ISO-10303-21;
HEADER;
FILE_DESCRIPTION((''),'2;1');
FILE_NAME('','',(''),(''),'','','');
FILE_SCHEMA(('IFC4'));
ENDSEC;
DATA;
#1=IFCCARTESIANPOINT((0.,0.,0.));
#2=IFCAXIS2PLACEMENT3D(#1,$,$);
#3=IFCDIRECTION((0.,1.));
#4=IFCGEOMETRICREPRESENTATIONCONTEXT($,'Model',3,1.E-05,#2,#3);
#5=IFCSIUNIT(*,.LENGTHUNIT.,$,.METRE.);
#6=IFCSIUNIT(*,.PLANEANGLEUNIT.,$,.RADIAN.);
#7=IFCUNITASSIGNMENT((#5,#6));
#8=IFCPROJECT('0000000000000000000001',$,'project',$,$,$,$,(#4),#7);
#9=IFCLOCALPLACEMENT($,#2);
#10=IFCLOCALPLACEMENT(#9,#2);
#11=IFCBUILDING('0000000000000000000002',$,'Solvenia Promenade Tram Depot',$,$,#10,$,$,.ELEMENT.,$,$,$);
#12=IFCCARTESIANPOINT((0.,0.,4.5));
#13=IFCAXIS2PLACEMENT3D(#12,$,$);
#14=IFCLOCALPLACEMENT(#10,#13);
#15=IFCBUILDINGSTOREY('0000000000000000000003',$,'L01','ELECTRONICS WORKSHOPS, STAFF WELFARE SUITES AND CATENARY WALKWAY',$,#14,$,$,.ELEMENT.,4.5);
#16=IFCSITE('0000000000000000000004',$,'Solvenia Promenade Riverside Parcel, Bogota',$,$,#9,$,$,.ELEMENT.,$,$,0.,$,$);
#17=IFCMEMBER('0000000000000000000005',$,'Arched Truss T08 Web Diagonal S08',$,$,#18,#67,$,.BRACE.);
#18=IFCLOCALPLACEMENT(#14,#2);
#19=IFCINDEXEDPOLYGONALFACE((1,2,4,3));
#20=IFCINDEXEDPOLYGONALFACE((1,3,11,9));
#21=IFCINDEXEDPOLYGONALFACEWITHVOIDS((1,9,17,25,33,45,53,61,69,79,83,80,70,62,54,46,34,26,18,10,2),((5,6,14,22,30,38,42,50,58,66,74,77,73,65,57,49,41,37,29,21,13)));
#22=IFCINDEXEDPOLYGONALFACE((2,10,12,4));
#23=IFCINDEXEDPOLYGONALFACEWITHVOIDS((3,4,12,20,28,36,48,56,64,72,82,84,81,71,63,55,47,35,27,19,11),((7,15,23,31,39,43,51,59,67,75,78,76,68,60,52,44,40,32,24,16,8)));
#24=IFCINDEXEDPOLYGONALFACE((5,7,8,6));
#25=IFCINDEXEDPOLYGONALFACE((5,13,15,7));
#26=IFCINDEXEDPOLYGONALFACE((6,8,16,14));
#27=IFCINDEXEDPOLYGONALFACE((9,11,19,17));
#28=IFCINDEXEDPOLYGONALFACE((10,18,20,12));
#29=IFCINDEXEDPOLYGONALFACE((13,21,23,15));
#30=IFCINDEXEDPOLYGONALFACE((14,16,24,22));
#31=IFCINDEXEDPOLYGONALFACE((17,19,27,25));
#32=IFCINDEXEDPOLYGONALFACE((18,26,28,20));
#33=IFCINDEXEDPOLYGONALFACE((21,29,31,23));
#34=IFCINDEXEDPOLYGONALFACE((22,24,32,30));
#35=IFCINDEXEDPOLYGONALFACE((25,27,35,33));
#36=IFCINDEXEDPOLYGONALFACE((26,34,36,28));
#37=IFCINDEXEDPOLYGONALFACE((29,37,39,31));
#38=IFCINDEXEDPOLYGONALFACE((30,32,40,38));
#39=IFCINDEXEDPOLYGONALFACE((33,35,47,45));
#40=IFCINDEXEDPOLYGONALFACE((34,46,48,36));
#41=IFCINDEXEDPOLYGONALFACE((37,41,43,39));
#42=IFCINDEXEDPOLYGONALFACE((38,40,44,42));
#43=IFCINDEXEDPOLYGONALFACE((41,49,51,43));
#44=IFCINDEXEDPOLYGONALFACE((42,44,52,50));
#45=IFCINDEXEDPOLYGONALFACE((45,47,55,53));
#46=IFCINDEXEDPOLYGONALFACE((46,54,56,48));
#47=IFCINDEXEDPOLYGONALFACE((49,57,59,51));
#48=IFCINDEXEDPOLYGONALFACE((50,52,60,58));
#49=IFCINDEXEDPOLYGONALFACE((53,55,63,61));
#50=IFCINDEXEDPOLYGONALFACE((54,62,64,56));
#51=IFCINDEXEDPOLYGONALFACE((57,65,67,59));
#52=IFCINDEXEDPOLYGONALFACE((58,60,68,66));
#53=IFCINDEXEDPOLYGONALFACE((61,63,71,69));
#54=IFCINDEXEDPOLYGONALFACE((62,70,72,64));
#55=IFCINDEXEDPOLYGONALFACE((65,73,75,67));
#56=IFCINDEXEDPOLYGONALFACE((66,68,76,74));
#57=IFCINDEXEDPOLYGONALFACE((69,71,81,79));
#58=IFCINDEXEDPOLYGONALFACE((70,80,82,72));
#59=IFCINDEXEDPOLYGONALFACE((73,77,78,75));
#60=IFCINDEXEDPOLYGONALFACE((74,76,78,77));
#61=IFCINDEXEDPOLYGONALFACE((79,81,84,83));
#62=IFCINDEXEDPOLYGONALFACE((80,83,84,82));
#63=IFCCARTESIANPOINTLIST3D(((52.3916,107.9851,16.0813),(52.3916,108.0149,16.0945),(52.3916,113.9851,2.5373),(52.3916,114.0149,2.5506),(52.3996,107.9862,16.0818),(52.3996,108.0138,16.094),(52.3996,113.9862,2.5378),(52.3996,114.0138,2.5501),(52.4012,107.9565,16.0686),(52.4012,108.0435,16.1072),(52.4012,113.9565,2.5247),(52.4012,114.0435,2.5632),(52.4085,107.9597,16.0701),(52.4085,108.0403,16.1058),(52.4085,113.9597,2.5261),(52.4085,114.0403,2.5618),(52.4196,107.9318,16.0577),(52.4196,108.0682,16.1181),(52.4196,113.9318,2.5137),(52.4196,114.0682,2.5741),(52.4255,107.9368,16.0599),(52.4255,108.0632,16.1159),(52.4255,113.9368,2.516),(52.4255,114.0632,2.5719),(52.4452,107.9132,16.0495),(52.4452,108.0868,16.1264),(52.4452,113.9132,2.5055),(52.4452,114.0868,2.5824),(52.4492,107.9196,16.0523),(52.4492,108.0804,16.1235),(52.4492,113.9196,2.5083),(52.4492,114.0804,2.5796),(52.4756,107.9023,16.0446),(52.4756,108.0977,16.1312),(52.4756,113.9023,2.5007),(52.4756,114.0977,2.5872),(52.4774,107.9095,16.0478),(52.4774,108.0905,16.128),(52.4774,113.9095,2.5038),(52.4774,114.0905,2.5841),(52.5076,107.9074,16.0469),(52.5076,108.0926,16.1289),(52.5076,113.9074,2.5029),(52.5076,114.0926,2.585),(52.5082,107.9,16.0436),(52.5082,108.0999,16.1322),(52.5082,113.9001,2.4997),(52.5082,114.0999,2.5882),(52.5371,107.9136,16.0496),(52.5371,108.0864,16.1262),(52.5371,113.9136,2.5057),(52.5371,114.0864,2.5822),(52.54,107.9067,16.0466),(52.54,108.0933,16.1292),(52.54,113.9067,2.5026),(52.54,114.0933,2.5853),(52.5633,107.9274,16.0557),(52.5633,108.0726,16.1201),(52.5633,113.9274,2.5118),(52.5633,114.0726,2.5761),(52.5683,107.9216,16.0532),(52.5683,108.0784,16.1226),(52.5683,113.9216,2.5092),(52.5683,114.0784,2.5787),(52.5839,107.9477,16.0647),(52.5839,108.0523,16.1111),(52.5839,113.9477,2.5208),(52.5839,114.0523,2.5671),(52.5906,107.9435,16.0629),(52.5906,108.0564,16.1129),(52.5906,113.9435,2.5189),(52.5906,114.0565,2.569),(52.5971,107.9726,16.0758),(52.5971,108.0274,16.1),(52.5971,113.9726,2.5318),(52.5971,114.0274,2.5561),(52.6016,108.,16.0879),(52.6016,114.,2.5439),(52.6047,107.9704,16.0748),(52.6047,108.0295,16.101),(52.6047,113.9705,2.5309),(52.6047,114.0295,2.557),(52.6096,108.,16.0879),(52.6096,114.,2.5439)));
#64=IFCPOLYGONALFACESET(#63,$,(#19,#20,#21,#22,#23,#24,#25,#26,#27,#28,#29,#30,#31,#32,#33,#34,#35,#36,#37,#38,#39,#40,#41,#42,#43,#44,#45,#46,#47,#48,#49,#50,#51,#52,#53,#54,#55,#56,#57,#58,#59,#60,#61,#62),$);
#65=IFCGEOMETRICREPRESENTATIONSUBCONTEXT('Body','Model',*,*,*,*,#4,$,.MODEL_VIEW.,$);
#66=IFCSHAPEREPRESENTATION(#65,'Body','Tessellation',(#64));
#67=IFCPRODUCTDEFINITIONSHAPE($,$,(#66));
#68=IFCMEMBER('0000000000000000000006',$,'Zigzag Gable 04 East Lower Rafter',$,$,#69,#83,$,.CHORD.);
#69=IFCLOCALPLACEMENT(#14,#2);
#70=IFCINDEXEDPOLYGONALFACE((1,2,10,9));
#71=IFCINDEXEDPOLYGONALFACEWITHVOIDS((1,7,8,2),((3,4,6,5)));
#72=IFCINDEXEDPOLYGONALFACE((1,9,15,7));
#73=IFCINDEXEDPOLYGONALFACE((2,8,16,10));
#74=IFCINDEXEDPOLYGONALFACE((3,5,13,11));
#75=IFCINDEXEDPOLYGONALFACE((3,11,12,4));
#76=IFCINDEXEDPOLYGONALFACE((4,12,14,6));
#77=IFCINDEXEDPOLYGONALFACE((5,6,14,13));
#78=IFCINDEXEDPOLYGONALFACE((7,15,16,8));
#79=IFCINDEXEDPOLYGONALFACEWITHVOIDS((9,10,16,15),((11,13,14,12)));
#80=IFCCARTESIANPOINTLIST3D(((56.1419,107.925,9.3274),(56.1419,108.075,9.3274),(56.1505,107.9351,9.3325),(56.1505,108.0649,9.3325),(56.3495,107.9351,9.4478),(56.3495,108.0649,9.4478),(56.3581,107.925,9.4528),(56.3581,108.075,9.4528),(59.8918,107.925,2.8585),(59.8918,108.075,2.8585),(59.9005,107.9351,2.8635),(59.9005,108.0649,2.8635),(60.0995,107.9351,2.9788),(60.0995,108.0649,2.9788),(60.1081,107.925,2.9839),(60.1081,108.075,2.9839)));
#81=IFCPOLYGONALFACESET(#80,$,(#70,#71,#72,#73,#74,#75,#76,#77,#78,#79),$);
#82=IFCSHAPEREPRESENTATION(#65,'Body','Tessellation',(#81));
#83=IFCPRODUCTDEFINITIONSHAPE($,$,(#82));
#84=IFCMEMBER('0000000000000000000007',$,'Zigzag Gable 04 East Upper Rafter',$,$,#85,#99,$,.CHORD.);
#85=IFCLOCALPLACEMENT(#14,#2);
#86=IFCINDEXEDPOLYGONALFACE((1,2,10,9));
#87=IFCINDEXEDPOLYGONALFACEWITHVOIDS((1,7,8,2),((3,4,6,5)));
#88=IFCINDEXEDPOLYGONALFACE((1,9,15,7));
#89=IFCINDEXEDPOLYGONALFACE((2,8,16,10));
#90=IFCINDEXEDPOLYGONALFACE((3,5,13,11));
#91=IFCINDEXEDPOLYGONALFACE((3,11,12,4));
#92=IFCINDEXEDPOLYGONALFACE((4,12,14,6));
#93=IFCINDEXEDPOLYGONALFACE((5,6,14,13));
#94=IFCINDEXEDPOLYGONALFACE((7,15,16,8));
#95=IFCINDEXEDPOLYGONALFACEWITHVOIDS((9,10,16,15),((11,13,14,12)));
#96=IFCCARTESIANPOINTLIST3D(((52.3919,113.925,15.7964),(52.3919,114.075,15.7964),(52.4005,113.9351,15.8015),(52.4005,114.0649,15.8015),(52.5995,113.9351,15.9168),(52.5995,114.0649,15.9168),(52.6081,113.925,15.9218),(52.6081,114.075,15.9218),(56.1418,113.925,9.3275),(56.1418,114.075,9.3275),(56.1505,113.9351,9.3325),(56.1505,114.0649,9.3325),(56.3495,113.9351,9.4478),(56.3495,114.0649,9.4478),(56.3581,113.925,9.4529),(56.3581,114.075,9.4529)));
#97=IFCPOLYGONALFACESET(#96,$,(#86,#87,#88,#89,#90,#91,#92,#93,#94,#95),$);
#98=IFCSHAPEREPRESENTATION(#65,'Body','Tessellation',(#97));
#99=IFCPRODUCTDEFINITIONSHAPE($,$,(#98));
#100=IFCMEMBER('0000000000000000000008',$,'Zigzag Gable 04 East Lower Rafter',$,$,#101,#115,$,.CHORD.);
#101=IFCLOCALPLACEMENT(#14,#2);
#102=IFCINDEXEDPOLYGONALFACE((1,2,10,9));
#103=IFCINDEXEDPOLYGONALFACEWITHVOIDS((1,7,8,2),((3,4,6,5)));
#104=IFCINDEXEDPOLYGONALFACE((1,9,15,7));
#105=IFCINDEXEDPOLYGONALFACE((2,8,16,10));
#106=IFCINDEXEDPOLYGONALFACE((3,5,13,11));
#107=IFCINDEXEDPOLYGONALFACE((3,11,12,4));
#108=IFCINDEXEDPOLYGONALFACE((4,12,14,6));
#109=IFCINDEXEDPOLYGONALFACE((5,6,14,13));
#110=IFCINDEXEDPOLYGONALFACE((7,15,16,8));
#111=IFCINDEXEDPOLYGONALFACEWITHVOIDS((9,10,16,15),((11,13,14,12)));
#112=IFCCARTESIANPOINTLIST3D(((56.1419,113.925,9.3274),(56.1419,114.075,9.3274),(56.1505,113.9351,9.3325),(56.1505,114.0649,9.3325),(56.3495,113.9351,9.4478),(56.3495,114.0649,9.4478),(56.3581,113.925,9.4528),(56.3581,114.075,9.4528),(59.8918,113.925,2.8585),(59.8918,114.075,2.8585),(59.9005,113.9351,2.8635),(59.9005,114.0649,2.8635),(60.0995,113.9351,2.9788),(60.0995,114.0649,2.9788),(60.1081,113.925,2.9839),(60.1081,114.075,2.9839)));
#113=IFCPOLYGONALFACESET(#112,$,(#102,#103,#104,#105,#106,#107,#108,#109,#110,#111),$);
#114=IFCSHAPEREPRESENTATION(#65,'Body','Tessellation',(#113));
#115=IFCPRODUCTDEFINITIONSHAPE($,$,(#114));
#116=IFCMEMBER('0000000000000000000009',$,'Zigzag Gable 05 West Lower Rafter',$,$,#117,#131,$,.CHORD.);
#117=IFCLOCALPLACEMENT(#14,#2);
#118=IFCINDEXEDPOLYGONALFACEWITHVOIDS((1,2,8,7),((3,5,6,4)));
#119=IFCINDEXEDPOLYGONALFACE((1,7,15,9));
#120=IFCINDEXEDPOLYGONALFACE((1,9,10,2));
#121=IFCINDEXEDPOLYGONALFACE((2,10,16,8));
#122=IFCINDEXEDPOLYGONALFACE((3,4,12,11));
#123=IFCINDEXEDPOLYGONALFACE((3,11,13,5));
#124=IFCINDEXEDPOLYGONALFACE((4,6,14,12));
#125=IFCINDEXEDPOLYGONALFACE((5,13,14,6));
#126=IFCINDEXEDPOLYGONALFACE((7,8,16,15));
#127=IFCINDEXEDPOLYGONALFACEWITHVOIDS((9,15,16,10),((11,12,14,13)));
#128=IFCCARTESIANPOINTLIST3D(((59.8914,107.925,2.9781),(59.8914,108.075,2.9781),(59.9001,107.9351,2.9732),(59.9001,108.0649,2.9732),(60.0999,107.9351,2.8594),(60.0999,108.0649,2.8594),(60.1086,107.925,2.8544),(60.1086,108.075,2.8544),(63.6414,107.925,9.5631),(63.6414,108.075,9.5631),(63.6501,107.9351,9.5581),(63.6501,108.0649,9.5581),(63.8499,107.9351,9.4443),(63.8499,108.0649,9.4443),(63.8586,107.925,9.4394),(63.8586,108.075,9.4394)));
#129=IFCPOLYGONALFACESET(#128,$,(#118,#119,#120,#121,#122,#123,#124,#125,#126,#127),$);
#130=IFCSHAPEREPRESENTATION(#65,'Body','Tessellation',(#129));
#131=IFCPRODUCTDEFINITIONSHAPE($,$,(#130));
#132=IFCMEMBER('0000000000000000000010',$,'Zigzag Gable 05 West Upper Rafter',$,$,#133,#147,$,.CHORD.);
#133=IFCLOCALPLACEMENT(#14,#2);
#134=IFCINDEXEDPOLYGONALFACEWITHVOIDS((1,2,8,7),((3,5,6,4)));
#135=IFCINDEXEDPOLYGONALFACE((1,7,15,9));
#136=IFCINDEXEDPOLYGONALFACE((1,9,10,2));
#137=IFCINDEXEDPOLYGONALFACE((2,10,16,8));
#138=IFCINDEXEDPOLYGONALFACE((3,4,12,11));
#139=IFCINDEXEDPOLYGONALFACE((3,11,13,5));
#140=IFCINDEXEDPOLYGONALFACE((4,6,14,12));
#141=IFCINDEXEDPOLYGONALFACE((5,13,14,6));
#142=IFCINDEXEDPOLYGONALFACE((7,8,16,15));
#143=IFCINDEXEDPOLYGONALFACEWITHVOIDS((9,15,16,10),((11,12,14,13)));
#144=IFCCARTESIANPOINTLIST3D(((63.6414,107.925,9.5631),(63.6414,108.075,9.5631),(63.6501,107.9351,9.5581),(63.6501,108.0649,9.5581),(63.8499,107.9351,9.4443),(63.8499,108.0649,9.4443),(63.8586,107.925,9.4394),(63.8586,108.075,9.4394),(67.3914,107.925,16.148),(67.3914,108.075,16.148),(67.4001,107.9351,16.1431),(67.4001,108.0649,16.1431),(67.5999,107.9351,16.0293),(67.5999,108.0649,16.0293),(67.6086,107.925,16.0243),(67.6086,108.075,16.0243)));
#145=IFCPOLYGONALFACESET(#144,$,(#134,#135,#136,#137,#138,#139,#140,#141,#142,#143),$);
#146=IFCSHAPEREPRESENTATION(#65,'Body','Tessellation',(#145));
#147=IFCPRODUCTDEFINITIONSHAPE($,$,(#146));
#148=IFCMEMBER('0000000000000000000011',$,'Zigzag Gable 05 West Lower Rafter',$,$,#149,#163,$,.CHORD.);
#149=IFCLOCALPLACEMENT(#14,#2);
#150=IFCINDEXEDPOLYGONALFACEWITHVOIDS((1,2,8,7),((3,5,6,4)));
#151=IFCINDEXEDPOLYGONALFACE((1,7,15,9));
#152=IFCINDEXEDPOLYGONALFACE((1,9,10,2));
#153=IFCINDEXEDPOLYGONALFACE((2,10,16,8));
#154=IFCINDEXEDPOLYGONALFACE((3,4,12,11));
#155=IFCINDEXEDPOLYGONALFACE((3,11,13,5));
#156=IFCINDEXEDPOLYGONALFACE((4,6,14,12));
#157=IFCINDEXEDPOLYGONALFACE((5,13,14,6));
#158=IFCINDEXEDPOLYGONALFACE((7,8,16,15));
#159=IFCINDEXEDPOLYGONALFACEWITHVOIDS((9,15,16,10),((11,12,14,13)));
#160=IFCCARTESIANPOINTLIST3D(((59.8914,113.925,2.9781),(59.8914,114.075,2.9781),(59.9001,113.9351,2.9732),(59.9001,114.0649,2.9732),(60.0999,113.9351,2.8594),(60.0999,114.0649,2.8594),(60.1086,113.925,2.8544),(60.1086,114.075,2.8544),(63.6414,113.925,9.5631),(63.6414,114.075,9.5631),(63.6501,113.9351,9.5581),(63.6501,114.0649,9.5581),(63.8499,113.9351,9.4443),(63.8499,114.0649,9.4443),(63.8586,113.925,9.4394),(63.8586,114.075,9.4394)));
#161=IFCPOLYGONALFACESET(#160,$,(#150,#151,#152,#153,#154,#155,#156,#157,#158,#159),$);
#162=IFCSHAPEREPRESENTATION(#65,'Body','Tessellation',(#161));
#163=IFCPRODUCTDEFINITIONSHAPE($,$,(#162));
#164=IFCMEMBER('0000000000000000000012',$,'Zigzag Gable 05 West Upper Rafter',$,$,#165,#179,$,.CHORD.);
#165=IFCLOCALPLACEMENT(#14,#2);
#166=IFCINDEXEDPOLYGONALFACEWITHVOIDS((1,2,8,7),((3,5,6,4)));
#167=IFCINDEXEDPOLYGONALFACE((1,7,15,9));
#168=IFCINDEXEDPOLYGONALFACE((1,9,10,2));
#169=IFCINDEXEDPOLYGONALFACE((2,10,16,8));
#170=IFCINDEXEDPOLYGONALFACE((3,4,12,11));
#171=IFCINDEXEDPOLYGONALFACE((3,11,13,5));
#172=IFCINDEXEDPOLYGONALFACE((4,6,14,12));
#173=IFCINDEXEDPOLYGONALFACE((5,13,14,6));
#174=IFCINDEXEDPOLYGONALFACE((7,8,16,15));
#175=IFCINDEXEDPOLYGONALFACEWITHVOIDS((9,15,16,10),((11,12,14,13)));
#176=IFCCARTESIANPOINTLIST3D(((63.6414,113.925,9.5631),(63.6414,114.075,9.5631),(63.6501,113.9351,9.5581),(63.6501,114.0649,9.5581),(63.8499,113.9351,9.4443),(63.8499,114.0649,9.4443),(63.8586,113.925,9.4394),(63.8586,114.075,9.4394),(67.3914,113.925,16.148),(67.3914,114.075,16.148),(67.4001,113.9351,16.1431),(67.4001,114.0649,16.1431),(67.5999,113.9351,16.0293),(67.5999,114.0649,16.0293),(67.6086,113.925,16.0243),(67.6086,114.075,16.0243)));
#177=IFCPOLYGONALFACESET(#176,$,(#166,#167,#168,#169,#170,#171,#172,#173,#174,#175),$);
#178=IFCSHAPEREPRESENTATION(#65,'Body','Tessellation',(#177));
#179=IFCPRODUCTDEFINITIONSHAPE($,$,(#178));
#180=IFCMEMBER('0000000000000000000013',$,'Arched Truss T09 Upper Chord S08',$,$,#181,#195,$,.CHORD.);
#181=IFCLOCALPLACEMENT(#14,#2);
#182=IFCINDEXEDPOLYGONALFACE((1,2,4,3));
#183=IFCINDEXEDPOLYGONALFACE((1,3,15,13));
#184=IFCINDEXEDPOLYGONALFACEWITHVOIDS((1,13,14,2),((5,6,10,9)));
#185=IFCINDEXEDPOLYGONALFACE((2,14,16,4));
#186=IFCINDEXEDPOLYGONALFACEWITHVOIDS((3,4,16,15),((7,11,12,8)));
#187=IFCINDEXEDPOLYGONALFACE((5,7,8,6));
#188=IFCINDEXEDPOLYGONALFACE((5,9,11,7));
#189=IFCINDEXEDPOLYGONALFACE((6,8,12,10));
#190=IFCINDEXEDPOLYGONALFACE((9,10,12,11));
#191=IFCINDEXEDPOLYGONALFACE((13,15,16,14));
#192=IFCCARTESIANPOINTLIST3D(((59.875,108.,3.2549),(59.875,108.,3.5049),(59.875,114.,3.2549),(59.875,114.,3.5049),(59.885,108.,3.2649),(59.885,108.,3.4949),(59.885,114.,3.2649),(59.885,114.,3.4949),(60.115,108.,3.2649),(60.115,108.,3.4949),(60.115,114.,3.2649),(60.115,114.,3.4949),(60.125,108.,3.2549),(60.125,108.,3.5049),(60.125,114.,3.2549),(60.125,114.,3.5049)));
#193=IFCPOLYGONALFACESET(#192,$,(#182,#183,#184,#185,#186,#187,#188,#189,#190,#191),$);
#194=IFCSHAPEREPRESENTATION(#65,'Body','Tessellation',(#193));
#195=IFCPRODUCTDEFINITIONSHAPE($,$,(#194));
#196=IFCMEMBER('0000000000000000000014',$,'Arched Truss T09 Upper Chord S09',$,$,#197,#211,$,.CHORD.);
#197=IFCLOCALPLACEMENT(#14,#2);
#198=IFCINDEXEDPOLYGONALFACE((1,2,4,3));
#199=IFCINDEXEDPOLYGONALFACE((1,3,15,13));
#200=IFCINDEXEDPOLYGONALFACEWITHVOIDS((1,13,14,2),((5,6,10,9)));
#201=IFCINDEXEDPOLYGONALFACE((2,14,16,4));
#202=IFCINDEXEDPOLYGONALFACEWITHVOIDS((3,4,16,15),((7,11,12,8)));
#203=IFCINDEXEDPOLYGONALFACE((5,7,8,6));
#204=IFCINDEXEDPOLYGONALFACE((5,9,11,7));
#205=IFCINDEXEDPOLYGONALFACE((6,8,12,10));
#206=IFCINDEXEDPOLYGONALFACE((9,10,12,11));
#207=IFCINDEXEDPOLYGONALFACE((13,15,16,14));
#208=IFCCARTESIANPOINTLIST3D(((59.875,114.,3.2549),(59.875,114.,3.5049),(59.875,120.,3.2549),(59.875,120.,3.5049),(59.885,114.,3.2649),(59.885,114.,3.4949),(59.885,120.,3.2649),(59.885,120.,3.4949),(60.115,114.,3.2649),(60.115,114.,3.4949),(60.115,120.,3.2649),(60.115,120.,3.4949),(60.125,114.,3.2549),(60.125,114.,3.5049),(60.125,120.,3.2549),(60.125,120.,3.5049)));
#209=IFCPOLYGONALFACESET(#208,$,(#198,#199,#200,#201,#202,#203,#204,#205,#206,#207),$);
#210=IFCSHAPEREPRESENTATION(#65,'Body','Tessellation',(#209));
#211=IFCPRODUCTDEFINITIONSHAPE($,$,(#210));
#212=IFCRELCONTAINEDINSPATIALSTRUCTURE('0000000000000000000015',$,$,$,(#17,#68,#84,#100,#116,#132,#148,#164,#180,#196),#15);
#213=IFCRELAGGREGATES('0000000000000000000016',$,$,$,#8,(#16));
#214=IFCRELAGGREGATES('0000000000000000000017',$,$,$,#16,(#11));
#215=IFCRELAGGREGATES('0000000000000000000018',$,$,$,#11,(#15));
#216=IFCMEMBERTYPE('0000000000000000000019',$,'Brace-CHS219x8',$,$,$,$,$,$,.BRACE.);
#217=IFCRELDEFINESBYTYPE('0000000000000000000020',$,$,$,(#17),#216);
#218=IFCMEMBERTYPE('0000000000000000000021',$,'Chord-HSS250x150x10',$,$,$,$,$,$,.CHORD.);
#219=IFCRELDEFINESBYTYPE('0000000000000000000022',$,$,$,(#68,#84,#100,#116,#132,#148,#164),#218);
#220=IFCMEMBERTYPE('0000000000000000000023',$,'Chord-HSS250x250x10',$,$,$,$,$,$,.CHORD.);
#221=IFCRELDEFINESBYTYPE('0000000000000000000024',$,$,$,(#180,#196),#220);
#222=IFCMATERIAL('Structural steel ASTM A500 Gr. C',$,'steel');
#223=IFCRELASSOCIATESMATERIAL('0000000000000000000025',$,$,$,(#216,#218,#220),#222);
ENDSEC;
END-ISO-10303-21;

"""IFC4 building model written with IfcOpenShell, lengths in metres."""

from ifc_helpers import new_model, si_unit, direction, frame, origin, origin_2d, place, context, subcontext, project, spatial, hollow_rectangle, hollow_circle, extrude, material, material_profile, profile_set, type_object, element, save


model = new_model("IFC4")

# Units and contexts
model_context = context("Model", 3, precision=1e-05, world=origin(), true_north=direction((0.0, 1.0)))
body_context = subcontext(model_context, "Body", "Model", "MODEL_VIEW")
ifc_project = project(units=[si_unit("LENGTHUNIT", "METRE"), si_unit("PLANEANGLEUNIT", "RADIAN")], contexts=[model_context])

# Site, building, storey
site_placement = place(None, origin())
site = spatial("IfcSite", under=ifc_project, at=site_placement, Name="Solvenia Promenade Riverside Parcel, Bogota", CompositionType="ELEMENT", RefElevation=0.0)
building_placement = place(site_placement, origin())
building = spatial("IfcBuilding", under=site, at=building_placement, Name="Solvenia Promenade Tram Depot", CompositionType="ELEMENT")
storey_placement = place(building_placement, frame((0.0, 0.0, 4.5)))
storey = spatial("IfcBuildingStorey", under=building, at=storey_placement, Name="L01", Description="ELECTRONICS WORKSHOPS, STAFF WELFARE SUITES AND CATENARY WALKWAY", CompositionType="ELEMENT", Elevation=4.5)

# Members
ifc_material_1 = material(Name="Structural steel ASTM A500 Gr. C", Category="steel")
ifc_material_profile_1 = material_profile(ifc_material_1, hollow_circle(Radius=0.1096, WallThickness=0.0081, at=origin_2d()), Name="CHS219.1x8", Category="steel")
ifc_profile_set_1 = profile_set([ifc_material_profile_1], Name="Structural steel ASTM A500 Gr. C")
member_type_1 = type_object("IfcMemberType", Name="Brace-CHS219x8", PredefinedType="BRACE", material=ifc_profile_set_1)
member_1_placement = place(storey_placement, frame((52.5, 114.0, 2.5439), z_axis=(0.0, -0.405037, 0.9143), x_axis=(1.0, 0.0, 0.0)))
element("IfcMember", 1, at=member_1_placement, inside=storey, type_object=member_type_1, Name="Arched Truss T08 Web Diagonal S08", PredefinedType="BRACE", context=body_context, shape_type="SweptSolid", body=[
    extrude(hollow_circle(Radius=0.1096, WallThickness=0.0081, at=origin_2d()), origin(), (0.0, 0.0, 1.0), 14.8135),
])
ifc_material_profile_2 = material_profile(ifc_material_1, hollow_rectangle(XDim=0.1499, YDim=0.25, WallThickness=0.01, at=origin_2d()), Name="HSS250x150x10", Category="steel")
ifc_profile_set_2 = profile_set([ifc_material_profile_2], Name="Structural steel ASTM A500 Gr. C")
member_type_2 = type_object("IfcMemberType", Name="Chord-HSS250x150x10", PredefinedType="CHORD", material=ifc_profile_set_2)
for number, where, z_axis, x_axis, name in (
    (2, (56.25, 108.0, 9.3901), (0.501516, 0.0, -0.865148), (0.0, 1.0, 0.0), "Zigzag Gable 04 East Lower Rafter"),
    (3, (52.5, 114.0, 15.8591), (0.501516, 0.0, -0.865148), (0.0, 1.0, 0.0), "Zigzag Gable 04 East Upper Rafter"),
    (4, (56.25, 114.0, 9.3901), (0.501516, 0.0, -0.865148), (0.0, 1.0, 0.0), "Zigzag Gable 04 East Lower Rafter"),
):
    element("IfcMember", number, at=place(storey_placement, frame(where, z_axis=z_axis, x_axis=x_axis)), inside=storey, type_object=member_type_2, Name=name, PredefinedType="CHORD", context=body_context, shape_type="SweptSolid", body=[
        extrude(hollow_rectangle(XDim=0.1499, YDim=0.25, WallThickness=0.01, at=origin_2d()), origin(), (0.0, 0.0, 1.0), 7.4773),
    ])
for number, where, z_axis, x_axis, name in (
    (5, (60.0, 108.0, 2.9163), (0.494862, 0.0, 0.868972), (0.0, 1.0, 0.0), "Zigzag Gable 05 West Lower Rafter"),
    (6, (63.75, 108.0, 9.5012), (0.494862, 0.0, 0.868972), (0.0, 1.0, 0.0), "Zigzag Gable 05 West Upper Rafter"),
    (7, (60.0, 114.0, 2.9163), (0.494862, 0.0, 0.868972), (0.0, 1.0, 0.0), "Zigzag Gable 05 West Lower Rafter"),
    (8, (63.75, 114.0, 9.5012), (0.494862, 0.0, 0.868972), (0.0, 1.0, 0.0), "Zigzag Gable 05 West Upper Rafter"),
):
    element("IfcMember", number, at=place(storey_placement, frame(where, z_axis=z_axis, x_axis=x_axis)), inside=storey, type_object=member_type_2, Name=name, PredefinedType="CHORD", context=body_context, shape_type="SweptSolid", body=[
        extrude(hollow_rectangle(XDim=0.1499, YDim=0.25, WallThickness=0.01, at=origin_2d()), origin(), (0.0, 0.0, 1.0), 7.5779),
    ])
ifc_material_profile_3 = material_profile(ifc_material_1, hollow_rectangle(XDim=0.25, YDim=0.25, WallThickness=0.01, at=origin_2d()), Name="HSS250x250x10", Category="steel")
ifc_profile_set_3 = profile_set([ifc_material_profile_3], Name="Structural steel ASTM A500 Gr. C")
member_type_3 = type_object("IfcMemberType", Name="Chord-HSS250x250x10", PredefinedType="CHORD", material=ifc_profile_set_3)
for number, where, z_axis, x_axis, name in (
    (9, (60.0, 108.0, 3.3799), (0.0, 1.0, 0.0), (-1.0, 0.0, 0.0), "Arched Truss T09 Upper Chord S08"),
    (10, (60.0, 114.0, 3.3799), (0.0, 1.0, 0.0), (-1.0, 0.0, 0.0), "Arched Truss T09 Upper Chord S09"),
):
    element("IfcMember", number, at=place(storey_placement, frame(where, z_axis=z_axis, x_axis=x_axis)), inside=storey, type_object=member_type_3, Name=name, PredefinedType="CHORD", context=body_context, shape_type="SweptSolid", body=[
        extrude(hollow_rectangle(XDim=0.25, YDim=0.25, WallThickness=0.01, at=origin_2d()), origin(), (0.0, 0.0, 1.0), 6.0),
    ])

save(model, "model.ifc")
